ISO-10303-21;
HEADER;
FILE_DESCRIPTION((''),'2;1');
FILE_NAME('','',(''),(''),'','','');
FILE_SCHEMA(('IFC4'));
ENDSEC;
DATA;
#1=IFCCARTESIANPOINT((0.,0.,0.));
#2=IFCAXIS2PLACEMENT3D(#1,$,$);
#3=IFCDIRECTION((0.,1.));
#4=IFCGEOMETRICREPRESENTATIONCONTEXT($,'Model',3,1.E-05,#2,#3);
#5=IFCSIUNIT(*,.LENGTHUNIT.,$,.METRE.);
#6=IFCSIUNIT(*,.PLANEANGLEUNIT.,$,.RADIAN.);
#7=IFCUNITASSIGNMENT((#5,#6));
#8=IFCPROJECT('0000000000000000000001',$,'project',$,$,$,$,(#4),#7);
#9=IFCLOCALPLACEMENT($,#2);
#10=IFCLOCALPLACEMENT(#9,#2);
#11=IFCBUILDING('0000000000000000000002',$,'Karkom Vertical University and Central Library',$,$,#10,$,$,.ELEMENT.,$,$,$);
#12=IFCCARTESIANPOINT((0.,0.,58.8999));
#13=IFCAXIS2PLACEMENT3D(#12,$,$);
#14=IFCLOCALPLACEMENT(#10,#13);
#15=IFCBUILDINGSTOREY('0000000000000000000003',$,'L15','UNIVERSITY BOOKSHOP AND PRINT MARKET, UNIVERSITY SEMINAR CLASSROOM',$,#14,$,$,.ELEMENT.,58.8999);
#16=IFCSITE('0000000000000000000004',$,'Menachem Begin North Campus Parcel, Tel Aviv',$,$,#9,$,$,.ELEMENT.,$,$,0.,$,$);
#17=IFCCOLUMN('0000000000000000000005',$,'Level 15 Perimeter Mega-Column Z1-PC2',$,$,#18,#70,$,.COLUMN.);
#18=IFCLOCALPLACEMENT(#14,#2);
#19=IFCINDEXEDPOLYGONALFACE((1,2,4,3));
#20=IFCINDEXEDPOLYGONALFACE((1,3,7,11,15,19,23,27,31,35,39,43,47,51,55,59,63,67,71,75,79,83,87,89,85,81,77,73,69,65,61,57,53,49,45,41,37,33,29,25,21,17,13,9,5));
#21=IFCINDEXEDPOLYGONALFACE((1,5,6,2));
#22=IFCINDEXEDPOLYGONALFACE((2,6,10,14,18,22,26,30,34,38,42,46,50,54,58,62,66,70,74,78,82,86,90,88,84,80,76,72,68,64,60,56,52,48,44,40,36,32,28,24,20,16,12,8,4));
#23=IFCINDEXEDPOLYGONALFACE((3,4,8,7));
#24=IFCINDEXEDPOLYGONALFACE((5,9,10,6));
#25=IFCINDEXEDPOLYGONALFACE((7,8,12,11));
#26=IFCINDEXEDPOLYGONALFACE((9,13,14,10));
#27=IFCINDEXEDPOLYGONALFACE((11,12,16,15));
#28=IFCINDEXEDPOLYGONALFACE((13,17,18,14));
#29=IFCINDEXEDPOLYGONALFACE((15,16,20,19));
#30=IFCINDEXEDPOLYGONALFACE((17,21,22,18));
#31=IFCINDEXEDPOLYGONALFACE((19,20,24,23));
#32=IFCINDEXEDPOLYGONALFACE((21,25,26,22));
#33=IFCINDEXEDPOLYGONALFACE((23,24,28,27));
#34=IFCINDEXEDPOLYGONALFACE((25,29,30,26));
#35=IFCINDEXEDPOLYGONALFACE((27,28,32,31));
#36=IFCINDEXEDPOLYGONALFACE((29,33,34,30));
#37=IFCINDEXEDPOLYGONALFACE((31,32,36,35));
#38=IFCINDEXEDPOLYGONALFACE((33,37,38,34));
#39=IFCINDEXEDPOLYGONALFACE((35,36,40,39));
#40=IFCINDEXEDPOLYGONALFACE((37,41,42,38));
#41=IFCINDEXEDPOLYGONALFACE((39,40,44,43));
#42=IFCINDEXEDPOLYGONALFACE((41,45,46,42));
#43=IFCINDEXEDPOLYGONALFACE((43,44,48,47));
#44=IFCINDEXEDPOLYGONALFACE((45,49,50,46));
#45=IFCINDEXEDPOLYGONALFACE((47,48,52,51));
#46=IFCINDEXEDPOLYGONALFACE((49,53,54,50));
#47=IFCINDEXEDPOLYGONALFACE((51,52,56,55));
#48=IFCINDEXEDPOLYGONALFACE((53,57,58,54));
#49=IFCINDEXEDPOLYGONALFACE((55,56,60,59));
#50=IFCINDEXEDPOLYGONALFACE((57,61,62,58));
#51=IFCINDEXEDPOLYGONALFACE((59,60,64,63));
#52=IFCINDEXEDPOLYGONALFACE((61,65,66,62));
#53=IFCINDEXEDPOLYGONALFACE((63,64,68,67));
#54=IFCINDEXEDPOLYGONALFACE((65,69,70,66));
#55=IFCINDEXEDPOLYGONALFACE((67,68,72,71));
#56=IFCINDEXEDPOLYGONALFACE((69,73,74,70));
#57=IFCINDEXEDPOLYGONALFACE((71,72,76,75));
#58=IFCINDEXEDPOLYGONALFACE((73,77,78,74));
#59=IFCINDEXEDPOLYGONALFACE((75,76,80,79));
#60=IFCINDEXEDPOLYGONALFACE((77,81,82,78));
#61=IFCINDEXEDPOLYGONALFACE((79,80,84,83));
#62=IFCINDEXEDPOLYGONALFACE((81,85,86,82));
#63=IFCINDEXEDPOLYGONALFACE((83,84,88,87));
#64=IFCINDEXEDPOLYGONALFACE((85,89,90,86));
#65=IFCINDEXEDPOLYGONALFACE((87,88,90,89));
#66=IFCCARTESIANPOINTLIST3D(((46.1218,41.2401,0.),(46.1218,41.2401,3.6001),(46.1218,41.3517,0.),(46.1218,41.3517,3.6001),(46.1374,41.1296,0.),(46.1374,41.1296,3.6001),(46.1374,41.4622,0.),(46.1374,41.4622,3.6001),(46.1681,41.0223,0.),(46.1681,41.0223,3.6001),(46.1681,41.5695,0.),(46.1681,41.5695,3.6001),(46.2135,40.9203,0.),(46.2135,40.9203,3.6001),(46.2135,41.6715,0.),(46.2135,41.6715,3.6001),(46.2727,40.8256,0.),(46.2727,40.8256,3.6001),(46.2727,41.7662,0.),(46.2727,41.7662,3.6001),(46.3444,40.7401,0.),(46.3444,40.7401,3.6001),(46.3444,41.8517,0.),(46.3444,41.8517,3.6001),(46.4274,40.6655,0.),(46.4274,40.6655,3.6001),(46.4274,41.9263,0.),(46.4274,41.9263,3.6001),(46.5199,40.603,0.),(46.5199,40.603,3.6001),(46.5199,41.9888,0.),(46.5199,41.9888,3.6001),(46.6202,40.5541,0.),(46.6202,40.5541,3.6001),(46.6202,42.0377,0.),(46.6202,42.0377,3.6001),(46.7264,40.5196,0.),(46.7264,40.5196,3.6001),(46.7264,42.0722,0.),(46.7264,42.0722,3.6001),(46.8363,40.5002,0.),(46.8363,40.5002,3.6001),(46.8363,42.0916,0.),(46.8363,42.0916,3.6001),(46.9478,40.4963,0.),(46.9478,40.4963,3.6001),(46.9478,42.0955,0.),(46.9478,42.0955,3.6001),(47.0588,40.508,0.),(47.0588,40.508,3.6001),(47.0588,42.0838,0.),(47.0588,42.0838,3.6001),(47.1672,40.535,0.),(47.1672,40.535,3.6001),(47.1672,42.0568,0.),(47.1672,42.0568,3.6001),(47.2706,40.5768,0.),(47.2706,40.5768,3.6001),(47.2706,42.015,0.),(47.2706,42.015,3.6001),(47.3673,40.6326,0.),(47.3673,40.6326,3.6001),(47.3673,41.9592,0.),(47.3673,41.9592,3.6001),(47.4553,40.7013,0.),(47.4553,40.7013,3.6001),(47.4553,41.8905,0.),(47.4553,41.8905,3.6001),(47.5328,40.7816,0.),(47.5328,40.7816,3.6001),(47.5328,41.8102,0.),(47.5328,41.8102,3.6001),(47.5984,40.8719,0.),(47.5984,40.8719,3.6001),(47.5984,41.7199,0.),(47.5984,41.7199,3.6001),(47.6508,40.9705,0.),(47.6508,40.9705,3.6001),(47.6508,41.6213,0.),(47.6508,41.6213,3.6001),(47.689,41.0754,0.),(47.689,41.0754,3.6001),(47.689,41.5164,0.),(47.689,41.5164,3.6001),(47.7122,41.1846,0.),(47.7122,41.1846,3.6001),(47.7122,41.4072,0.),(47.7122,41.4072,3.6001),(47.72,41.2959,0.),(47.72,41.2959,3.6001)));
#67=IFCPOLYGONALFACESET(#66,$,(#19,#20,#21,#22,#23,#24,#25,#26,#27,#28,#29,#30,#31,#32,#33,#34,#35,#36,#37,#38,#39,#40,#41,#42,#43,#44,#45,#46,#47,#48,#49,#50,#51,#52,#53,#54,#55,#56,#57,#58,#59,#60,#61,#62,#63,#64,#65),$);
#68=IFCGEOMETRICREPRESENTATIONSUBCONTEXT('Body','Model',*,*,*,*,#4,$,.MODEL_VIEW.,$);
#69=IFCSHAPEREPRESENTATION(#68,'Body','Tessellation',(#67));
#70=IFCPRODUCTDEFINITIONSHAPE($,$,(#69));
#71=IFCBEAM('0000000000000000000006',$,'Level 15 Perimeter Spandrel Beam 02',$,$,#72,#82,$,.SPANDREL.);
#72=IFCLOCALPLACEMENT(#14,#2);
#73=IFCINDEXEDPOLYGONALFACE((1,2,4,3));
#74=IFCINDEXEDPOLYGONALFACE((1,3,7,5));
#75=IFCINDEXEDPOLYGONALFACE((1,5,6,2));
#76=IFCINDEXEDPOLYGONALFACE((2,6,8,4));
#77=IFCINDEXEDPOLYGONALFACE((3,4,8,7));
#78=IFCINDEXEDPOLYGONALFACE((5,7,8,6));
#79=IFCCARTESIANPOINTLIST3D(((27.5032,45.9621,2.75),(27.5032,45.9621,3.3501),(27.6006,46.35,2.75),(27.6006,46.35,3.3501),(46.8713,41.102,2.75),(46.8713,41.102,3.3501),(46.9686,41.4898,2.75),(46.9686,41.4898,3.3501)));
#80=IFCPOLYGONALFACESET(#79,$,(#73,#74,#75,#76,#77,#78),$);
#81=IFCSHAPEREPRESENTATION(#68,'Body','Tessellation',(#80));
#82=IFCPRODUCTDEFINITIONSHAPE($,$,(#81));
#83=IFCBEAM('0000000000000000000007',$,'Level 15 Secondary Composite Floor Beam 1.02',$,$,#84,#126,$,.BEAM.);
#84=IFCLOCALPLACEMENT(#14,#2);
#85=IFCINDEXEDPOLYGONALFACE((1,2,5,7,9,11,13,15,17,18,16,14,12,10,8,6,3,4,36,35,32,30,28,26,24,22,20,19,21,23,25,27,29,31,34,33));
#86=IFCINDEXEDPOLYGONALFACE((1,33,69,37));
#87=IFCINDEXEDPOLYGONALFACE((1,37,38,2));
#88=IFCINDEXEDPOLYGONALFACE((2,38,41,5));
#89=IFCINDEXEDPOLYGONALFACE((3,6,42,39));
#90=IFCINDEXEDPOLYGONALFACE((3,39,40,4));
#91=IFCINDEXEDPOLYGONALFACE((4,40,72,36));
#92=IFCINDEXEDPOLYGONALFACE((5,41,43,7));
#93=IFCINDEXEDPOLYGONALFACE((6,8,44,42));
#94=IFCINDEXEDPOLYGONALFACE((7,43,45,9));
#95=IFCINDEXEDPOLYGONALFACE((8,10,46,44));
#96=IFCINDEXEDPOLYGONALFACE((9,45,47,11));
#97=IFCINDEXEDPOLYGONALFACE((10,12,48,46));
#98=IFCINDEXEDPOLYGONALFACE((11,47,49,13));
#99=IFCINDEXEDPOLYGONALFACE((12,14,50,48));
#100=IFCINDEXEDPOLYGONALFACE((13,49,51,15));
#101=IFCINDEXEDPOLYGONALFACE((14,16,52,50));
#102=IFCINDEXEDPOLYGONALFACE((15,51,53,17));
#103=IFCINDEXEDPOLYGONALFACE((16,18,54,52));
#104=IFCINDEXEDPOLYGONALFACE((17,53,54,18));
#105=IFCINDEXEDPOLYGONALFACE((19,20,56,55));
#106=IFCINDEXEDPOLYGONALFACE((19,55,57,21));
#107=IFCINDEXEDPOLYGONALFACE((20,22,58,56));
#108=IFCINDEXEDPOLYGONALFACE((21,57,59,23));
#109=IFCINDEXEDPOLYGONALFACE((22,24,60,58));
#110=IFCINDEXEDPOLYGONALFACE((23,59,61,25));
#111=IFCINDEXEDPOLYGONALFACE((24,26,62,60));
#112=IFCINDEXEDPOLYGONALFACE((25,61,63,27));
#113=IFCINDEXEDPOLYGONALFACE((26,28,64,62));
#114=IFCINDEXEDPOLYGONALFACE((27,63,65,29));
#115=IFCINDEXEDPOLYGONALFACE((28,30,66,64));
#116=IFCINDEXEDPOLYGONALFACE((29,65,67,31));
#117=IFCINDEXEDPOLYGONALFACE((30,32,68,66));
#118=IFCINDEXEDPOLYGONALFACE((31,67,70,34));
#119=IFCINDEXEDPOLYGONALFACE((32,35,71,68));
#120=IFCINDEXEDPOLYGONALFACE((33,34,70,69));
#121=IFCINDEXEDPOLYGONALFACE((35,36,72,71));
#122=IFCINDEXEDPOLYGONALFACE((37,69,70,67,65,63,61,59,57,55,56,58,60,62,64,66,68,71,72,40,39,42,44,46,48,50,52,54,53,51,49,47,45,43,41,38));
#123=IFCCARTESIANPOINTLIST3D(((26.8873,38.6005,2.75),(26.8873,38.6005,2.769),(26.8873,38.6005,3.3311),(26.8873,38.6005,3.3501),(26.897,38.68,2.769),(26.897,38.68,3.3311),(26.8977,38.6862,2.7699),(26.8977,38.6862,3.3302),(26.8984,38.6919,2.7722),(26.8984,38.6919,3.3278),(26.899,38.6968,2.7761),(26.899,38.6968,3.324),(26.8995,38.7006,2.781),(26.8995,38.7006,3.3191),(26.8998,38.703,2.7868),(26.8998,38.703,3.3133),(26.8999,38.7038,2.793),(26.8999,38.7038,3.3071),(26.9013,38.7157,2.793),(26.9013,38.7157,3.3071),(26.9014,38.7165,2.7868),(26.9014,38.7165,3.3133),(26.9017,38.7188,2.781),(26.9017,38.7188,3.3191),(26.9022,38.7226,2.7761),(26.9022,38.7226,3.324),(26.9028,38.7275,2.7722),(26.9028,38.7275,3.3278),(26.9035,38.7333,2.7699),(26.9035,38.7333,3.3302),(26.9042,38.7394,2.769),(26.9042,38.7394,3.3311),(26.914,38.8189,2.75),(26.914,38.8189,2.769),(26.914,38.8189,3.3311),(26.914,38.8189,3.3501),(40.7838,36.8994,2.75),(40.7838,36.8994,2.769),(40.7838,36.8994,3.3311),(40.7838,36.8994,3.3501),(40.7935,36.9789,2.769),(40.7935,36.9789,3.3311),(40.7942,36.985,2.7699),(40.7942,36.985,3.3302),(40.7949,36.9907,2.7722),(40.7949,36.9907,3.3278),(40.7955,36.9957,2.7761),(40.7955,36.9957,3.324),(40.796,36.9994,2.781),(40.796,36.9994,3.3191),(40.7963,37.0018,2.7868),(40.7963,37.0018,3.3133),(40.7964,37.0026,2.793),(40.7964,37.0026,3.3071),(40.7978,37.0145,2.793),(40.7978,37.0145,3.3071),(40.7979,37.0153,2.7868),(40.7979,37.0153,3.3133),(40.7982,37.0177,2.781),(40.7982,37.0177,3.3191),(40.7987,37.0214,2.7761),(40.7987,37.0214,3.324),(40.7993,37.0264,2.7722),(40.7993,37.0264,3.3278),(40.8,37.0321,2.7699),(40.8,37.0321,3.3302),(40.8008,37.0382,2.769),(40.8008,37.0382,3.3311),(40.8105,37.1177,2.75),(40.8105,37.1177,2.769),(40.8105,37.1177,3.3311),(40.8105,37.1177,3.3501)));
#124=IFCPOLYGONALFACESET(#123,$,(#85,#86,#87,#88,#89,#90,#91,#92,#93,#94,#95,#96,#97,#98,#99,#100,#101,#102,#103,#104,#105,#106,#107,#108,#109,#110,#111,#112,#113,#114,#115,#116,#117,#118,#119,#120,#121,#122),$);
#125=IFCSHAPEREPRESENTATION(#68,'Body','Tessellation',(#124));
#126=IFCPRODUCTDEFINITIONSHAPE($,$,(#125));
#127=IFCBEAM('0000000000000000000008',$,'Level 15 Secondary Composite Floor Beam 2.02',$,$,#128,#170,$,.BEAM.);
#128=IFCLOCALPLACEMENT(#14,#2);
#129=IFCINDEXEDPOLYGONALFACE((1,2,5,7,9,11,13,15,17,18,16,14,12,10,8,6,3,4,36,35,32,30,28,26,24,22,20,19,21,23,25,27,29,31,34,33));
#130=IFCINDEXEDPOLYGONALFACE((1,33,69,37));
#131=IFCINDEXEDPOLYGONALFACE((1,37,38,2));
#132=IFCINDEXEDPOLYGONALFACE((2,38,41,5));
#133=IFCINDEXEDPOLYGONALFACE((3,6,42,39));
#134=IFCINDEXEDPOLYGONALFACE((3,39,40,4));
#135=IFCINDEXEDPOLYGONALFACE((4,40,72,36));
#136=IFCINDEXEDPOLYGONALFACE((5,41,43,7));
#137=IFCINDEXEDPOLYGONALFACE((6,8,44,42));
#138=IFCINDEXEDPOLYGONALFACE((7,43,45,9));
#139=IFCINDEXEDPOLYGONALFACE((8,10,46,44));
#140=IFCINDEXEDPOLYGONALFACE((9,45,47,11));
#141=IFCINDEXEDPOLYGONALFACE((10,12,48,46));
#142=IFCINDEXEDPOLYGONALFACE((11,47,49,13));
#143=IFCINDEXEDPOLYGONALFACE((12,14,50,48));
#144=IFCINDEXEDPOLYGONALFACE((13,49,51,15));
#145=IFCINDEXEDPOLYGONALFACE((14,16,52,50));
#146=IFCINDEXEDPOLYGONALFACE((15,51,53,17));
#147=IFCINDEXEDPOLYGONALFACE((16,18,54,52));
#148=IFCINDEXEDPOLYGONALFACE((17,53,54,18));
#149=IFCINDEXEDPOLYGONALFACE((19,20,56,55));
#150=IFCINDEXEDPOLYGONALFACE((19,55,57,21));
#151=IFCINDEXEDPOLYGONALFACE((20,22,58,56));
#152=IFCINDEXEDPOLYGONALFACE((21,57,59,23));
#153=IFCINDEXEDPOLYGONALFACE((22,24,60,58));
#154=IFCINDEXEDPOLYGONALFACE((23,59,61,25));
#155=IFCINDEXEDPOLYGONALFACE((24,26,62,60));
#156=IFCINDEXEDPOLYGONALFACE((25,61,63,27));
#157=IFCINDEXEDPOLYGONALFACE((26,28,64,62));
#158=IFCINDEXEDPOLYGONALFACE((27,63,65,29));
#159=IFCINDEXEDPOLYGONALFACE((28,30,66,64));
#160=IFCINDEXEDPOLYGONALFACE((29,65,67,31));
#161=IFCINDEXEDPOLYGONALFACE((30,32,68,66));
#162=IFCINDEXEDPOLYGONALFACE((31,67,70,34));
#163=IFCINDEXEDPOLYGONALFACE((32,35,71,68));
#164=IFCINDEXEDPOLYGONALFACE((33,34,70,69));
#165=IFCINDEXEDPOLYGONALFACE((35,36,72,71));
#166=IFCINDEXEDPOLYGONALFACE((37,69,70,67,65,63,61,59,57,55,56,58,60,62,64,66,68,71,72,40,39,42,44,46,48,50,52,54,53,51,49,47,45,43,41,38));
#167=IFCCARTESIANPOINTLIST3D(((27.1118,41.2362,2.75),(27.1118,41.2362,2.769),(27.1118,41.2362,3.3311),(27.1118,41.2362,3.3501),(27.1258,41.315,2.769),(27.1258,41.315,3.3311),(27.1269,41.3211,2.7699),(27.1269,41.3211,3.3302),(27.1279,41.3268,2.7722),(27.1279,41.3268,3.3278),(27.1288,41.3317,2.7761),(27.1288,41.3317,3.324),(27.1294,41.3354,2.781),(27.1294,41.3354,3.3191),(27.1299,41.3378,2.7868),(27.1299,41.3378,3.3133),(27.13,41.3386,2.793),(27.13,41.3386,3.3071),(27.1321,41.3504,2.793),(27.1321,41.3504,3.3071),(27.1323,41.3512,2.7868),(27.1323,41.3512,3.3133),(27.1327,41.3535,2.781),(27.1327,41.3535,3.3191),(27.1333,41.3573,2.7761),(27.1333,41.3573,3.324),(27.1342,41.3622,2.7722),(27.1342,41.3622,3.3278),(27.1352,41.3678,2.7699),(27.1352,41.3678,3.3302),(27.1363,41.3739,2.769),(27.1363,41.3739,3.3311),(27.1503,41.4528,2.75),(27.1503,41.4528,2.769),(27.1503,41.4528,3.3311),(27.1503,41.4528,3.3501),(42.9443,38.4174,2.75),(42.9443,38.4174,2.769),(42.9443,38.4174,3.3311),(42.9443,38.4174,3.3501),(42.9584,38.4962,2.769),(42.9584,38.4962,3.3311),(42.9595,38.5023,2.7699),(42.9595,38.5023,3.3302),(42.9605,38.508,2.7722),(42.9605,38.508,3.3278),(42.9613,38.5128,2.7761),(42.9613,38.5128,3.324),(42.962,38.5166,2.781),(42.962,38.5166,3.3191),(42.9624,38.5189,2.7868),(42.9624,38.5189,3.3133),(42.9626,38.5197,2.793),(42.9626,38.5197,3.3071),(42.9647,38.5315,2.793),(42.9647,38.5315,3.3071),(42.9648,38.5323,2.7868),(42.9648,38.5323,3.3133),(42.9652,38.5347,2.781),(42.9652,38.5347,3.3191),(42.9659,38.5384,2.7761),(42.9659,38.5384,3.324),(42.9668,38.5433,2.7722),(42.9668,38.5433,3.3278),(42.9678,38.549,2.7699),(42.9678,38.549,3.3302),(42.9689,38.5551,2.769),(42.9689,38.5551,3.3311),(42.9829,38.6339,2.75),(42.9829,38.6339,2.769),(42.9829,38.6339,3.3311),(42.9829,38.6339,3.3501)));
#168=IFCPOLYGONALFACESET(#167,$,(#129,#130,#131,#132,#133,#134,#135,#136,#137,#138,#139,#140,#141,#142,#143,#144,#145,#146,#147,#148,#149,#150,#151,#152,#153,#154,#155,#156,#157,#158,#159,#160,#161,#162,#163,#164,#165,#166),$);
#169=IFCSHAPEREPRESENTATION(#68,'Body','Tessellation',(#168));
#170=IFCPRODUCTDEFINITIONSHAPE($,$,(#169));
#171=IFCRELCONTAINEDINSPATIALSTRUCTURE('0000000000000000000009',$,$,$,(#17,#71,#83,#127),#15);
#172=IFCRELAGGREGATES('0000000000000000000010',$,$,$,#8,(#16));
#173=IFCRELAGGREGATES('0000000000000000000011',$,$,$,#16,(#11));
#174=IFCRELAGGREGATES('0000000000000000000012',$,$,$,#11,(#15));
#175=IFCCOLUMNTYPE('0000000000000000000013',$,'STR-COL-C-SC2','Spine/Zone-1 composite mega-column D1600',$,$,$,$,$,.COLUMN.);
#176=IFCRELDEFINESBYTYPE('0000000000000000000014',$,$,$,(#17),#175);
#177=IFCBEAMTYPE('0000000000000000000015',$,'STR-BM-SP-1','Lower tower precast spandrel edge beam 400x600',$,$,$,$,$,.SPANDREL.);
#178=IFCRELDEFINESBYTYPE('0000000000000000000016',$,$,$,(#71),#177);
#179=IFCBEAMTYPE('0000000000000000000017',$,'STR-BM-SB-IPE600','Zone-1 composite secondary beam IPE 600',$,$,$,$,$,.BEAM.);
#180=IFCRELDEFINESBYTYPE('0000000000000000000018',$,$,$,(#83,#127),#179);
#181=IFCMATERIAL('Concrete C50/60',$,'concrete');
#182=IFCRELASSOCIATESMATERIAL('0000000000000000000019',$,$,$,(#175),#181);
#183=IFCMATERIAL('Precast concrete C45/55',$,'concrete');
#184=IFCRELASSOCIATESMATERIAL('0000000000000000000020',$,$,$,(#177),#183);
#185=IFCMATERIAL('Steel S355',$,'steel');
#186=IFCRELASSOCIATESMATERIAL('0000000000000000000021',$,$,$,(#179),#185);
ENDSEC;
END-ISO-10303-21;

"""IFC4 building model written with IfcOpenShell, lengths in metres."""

from ifc_helpers import new_model, si_unit, direction, frame, origin, origin_with_axes, origin_2d, place, context, subcontext, project, spatial, rectangle, circle, i_section, extrude, source, transform, mapped, material, material_profile, profile_set, type_object, element, save


model = new_model("IFC4")

# Units and contexts
model_context = context("Model", 3, precision=1e-05, world=origin(), true_north=direction((0.0, 1.0)))
body_context = subcontext(model_context, "Body", "Model", "MODEL_VIEW")
ifc_project = project(units=[si_unit("LENGTHUNIT", "METRE"), si_unit("PLANEANGLEUNIT", "RADIAN")], contexts=[model_context])

# Site, building, storey
site_placement = place(None, origin())
site = spatial("IfcSite", under=ifc_project, at=site_placement, Name="Menachem Begin North Campus Parcel, Tel Aviv", CompositionType="ELEMENT", RefElevation=0.0)
building_placement = place(site_placement, origin())
building = spatial("IfcBuilding", under=site, at=building_placement, Name="Karkom Vertical University and Central Library", CompositionType="ELEMENT")
storey_placement = place(building_placement, frame((0.0, 0.0, 58.8999)))
storey = spatial("IfcBuildingStorey", under=building, at=storey_placement, Name="L15", Description="UNIVERSITY BOOKSHOP AND PRINT MARKET, UNIVERSITY SEMINAR CLASSROOM", CompositionType="ELEMENT", Elevation=58.8999)

# Column
ifc_material_1 = material(Name="Concrete C50/60", Category="concrete")
ifc_material_profile_1 = material_profile(ifc_material_1, circle(Radius=0.8, at=origin_2d()), Name="CFT-D1600")
ifc_profile_set_1 = profile_set([ifc_material_profile_1], Name="Concrete C50/60")
column_type = type_object("IfcColumnType", Name="STR-COL-C-SC2", Description="Spine/Zone-1 composite mega-column D1600", PredefinedType="COLUMN", material=ifc_profile_set_1)
shared_shape_1 = source(origin_with_axes(), body_context, "Body", "SweptSolid", [
    extrude(circle(Radius=0.8, at=origin_2d()), origin(), (0.0, 0.0, 1.0), 3.6001),
])
column_placement = place(storey_placement, frame((46.9199, 41.2959, 0.0), z_axis=(0.0, 0.0, 1.0), x_axis=(1.0, 0.0, 0.0)))
element("IfcColumn", 1, at=column_placement, inside=storey, type_object=column_type, Name="Level 15 Perimeter Mega-Column Z1-PC2", PredefinedType="COLUMN", context=body_context, shape_type="MappedRepresentation", body=[
    mapped(shared_shape_1, transform((0.0, 0.0, 0.0), scale=1.0)),
])

# Beams
ifc_material_2 = material(Name="Precast concrete C45/55", Category="concrete")
ifc_material_profile_2 = material_profile(ifc_material_2, rectangle(XDim=0.3999, YDim=0.6001, at=origin_2d()), Name="SPB-400x600")
ifc_profile_set_2 = profile_set([ifc_material_profile_2], Name="Precast concrete C45/55")
beam_type_1 = type_object("IfcBeamType", Name="STR-BM-SP-1", Description="Lower tower precast spandrel edge beam 400x600", PredefinedType="SPANDREL", material=ifc_profile_set_2)
shared_shape_2 = source(origin_with_axes(), body_context, "Body", "SweptSolid", [
    extrude(rectangle(XDim=0.3999, YDim=0.6001, at=origin_2d()), origin(), (0.0, 0.0, 1.0), 19.9685),
])
beam_1_placement = place(storey_placement, frame((46.9199, 41.2959, 3.05), z_axis=(-0.969929, 0.24339, 0.0), x_axis=(-0.24339, -0.969929, 0.0)))
element("IfcBeam", 2, at=beam_1_placement, inside=storey, type_object=beam_type_1, Name="Level 15 Perimeter Spandrel Beam 02", PredefinedType="SPANDREL", context=body_context, shape_type="MappedRepresentation", body=[
    mapped(shared_shape_2, transform((0.0, 0.0, 0.0), scale=1.0)),
])
ifc_material_3 = material(Name="Steel S355", Category="steel")
ifc_material_profile_3 = material_profile(ifc_material_3, i_section(OverallWidth=0.22, OverallDepth=0.6001, WebThickness=0.012, FlangeThickness=0.019, FilletRadius=0.0239, at=origin_2d()), Name="IPE 600")
ifc_profile_set_3 = profile_set([ifc_material_profile_3], Name="Steel S355")
beam_type_2 = type_object("IfcBeamType", Name="STR-BM-SB-IPE600", Description="Zone-1 composite secondary beam IPE 600", PredefinedType="BEAM", material=ifc_profile_set_3)
shared_shape_3 = source(origin_with_axes(), body_context, "Body", "SweptSolid", [
    extrude(i_section(OverallWidth=0.22, OverallDepth=0.6001, WebThickness=0.012, FlangeThickness=0.019, FilletRadius=0.0239, at=origin_2d()), origin(), (0.0, 0.0, 1.0), 14.0002),
])
beam_2_placement = place(storey_placement, frame((40.7971, 37.0085, 3.05), z_axis=(-0.99259, 0.12151, 0.0), x_axis=(-0.12151, -0.99259, 0.0)))
element("IfcBeam", 3, at=beam_2_placement, inside=storey, type_object=beam_type_2, Name="Level 15 Secondary Composite Floor Beam 1.02", PredefinedType="BEAM", context=body_context, shape_type="MappedRepresentation", body=[
    mapped(shared_shape_3, transform((0.0, 0.0, 0.0), scale=1.0)),
])
shared_shape_4 = source(origin_with_axes(), body_context, "Body", "SweptSolid", [
    extrude(i_section(OverallWidth=0.22, OverallDepth=0.6001, WebThickness=0.012, FlangeThickness=0.019, FilletRadius=0.0239, at=origin_2d()), origin(), (0.0, 0.0, 1.0), 16.0815),
])
beam_3_placement = place(storey_placement, frame((42.9636, 38.5256, 3.05), z_axis=(-0.984518, 0.175285, 0.0), x_axis=(-0.175285, -0.984518, 0.0)))
element("IfcBeam", 4, at=beam_3_placement, inside=storey, type_object=beam_type_2, Name="Level 15 Secondary Composite Floor Beam 2.02", PredefinedType="BEAM", context=body_context, shape_type="MappedRepresentation", body=[
    mapped(shared_shape_4, transform((0.0, 0.0, 0.0), scale=1.0)),
])

save(model, "model.ifc")
